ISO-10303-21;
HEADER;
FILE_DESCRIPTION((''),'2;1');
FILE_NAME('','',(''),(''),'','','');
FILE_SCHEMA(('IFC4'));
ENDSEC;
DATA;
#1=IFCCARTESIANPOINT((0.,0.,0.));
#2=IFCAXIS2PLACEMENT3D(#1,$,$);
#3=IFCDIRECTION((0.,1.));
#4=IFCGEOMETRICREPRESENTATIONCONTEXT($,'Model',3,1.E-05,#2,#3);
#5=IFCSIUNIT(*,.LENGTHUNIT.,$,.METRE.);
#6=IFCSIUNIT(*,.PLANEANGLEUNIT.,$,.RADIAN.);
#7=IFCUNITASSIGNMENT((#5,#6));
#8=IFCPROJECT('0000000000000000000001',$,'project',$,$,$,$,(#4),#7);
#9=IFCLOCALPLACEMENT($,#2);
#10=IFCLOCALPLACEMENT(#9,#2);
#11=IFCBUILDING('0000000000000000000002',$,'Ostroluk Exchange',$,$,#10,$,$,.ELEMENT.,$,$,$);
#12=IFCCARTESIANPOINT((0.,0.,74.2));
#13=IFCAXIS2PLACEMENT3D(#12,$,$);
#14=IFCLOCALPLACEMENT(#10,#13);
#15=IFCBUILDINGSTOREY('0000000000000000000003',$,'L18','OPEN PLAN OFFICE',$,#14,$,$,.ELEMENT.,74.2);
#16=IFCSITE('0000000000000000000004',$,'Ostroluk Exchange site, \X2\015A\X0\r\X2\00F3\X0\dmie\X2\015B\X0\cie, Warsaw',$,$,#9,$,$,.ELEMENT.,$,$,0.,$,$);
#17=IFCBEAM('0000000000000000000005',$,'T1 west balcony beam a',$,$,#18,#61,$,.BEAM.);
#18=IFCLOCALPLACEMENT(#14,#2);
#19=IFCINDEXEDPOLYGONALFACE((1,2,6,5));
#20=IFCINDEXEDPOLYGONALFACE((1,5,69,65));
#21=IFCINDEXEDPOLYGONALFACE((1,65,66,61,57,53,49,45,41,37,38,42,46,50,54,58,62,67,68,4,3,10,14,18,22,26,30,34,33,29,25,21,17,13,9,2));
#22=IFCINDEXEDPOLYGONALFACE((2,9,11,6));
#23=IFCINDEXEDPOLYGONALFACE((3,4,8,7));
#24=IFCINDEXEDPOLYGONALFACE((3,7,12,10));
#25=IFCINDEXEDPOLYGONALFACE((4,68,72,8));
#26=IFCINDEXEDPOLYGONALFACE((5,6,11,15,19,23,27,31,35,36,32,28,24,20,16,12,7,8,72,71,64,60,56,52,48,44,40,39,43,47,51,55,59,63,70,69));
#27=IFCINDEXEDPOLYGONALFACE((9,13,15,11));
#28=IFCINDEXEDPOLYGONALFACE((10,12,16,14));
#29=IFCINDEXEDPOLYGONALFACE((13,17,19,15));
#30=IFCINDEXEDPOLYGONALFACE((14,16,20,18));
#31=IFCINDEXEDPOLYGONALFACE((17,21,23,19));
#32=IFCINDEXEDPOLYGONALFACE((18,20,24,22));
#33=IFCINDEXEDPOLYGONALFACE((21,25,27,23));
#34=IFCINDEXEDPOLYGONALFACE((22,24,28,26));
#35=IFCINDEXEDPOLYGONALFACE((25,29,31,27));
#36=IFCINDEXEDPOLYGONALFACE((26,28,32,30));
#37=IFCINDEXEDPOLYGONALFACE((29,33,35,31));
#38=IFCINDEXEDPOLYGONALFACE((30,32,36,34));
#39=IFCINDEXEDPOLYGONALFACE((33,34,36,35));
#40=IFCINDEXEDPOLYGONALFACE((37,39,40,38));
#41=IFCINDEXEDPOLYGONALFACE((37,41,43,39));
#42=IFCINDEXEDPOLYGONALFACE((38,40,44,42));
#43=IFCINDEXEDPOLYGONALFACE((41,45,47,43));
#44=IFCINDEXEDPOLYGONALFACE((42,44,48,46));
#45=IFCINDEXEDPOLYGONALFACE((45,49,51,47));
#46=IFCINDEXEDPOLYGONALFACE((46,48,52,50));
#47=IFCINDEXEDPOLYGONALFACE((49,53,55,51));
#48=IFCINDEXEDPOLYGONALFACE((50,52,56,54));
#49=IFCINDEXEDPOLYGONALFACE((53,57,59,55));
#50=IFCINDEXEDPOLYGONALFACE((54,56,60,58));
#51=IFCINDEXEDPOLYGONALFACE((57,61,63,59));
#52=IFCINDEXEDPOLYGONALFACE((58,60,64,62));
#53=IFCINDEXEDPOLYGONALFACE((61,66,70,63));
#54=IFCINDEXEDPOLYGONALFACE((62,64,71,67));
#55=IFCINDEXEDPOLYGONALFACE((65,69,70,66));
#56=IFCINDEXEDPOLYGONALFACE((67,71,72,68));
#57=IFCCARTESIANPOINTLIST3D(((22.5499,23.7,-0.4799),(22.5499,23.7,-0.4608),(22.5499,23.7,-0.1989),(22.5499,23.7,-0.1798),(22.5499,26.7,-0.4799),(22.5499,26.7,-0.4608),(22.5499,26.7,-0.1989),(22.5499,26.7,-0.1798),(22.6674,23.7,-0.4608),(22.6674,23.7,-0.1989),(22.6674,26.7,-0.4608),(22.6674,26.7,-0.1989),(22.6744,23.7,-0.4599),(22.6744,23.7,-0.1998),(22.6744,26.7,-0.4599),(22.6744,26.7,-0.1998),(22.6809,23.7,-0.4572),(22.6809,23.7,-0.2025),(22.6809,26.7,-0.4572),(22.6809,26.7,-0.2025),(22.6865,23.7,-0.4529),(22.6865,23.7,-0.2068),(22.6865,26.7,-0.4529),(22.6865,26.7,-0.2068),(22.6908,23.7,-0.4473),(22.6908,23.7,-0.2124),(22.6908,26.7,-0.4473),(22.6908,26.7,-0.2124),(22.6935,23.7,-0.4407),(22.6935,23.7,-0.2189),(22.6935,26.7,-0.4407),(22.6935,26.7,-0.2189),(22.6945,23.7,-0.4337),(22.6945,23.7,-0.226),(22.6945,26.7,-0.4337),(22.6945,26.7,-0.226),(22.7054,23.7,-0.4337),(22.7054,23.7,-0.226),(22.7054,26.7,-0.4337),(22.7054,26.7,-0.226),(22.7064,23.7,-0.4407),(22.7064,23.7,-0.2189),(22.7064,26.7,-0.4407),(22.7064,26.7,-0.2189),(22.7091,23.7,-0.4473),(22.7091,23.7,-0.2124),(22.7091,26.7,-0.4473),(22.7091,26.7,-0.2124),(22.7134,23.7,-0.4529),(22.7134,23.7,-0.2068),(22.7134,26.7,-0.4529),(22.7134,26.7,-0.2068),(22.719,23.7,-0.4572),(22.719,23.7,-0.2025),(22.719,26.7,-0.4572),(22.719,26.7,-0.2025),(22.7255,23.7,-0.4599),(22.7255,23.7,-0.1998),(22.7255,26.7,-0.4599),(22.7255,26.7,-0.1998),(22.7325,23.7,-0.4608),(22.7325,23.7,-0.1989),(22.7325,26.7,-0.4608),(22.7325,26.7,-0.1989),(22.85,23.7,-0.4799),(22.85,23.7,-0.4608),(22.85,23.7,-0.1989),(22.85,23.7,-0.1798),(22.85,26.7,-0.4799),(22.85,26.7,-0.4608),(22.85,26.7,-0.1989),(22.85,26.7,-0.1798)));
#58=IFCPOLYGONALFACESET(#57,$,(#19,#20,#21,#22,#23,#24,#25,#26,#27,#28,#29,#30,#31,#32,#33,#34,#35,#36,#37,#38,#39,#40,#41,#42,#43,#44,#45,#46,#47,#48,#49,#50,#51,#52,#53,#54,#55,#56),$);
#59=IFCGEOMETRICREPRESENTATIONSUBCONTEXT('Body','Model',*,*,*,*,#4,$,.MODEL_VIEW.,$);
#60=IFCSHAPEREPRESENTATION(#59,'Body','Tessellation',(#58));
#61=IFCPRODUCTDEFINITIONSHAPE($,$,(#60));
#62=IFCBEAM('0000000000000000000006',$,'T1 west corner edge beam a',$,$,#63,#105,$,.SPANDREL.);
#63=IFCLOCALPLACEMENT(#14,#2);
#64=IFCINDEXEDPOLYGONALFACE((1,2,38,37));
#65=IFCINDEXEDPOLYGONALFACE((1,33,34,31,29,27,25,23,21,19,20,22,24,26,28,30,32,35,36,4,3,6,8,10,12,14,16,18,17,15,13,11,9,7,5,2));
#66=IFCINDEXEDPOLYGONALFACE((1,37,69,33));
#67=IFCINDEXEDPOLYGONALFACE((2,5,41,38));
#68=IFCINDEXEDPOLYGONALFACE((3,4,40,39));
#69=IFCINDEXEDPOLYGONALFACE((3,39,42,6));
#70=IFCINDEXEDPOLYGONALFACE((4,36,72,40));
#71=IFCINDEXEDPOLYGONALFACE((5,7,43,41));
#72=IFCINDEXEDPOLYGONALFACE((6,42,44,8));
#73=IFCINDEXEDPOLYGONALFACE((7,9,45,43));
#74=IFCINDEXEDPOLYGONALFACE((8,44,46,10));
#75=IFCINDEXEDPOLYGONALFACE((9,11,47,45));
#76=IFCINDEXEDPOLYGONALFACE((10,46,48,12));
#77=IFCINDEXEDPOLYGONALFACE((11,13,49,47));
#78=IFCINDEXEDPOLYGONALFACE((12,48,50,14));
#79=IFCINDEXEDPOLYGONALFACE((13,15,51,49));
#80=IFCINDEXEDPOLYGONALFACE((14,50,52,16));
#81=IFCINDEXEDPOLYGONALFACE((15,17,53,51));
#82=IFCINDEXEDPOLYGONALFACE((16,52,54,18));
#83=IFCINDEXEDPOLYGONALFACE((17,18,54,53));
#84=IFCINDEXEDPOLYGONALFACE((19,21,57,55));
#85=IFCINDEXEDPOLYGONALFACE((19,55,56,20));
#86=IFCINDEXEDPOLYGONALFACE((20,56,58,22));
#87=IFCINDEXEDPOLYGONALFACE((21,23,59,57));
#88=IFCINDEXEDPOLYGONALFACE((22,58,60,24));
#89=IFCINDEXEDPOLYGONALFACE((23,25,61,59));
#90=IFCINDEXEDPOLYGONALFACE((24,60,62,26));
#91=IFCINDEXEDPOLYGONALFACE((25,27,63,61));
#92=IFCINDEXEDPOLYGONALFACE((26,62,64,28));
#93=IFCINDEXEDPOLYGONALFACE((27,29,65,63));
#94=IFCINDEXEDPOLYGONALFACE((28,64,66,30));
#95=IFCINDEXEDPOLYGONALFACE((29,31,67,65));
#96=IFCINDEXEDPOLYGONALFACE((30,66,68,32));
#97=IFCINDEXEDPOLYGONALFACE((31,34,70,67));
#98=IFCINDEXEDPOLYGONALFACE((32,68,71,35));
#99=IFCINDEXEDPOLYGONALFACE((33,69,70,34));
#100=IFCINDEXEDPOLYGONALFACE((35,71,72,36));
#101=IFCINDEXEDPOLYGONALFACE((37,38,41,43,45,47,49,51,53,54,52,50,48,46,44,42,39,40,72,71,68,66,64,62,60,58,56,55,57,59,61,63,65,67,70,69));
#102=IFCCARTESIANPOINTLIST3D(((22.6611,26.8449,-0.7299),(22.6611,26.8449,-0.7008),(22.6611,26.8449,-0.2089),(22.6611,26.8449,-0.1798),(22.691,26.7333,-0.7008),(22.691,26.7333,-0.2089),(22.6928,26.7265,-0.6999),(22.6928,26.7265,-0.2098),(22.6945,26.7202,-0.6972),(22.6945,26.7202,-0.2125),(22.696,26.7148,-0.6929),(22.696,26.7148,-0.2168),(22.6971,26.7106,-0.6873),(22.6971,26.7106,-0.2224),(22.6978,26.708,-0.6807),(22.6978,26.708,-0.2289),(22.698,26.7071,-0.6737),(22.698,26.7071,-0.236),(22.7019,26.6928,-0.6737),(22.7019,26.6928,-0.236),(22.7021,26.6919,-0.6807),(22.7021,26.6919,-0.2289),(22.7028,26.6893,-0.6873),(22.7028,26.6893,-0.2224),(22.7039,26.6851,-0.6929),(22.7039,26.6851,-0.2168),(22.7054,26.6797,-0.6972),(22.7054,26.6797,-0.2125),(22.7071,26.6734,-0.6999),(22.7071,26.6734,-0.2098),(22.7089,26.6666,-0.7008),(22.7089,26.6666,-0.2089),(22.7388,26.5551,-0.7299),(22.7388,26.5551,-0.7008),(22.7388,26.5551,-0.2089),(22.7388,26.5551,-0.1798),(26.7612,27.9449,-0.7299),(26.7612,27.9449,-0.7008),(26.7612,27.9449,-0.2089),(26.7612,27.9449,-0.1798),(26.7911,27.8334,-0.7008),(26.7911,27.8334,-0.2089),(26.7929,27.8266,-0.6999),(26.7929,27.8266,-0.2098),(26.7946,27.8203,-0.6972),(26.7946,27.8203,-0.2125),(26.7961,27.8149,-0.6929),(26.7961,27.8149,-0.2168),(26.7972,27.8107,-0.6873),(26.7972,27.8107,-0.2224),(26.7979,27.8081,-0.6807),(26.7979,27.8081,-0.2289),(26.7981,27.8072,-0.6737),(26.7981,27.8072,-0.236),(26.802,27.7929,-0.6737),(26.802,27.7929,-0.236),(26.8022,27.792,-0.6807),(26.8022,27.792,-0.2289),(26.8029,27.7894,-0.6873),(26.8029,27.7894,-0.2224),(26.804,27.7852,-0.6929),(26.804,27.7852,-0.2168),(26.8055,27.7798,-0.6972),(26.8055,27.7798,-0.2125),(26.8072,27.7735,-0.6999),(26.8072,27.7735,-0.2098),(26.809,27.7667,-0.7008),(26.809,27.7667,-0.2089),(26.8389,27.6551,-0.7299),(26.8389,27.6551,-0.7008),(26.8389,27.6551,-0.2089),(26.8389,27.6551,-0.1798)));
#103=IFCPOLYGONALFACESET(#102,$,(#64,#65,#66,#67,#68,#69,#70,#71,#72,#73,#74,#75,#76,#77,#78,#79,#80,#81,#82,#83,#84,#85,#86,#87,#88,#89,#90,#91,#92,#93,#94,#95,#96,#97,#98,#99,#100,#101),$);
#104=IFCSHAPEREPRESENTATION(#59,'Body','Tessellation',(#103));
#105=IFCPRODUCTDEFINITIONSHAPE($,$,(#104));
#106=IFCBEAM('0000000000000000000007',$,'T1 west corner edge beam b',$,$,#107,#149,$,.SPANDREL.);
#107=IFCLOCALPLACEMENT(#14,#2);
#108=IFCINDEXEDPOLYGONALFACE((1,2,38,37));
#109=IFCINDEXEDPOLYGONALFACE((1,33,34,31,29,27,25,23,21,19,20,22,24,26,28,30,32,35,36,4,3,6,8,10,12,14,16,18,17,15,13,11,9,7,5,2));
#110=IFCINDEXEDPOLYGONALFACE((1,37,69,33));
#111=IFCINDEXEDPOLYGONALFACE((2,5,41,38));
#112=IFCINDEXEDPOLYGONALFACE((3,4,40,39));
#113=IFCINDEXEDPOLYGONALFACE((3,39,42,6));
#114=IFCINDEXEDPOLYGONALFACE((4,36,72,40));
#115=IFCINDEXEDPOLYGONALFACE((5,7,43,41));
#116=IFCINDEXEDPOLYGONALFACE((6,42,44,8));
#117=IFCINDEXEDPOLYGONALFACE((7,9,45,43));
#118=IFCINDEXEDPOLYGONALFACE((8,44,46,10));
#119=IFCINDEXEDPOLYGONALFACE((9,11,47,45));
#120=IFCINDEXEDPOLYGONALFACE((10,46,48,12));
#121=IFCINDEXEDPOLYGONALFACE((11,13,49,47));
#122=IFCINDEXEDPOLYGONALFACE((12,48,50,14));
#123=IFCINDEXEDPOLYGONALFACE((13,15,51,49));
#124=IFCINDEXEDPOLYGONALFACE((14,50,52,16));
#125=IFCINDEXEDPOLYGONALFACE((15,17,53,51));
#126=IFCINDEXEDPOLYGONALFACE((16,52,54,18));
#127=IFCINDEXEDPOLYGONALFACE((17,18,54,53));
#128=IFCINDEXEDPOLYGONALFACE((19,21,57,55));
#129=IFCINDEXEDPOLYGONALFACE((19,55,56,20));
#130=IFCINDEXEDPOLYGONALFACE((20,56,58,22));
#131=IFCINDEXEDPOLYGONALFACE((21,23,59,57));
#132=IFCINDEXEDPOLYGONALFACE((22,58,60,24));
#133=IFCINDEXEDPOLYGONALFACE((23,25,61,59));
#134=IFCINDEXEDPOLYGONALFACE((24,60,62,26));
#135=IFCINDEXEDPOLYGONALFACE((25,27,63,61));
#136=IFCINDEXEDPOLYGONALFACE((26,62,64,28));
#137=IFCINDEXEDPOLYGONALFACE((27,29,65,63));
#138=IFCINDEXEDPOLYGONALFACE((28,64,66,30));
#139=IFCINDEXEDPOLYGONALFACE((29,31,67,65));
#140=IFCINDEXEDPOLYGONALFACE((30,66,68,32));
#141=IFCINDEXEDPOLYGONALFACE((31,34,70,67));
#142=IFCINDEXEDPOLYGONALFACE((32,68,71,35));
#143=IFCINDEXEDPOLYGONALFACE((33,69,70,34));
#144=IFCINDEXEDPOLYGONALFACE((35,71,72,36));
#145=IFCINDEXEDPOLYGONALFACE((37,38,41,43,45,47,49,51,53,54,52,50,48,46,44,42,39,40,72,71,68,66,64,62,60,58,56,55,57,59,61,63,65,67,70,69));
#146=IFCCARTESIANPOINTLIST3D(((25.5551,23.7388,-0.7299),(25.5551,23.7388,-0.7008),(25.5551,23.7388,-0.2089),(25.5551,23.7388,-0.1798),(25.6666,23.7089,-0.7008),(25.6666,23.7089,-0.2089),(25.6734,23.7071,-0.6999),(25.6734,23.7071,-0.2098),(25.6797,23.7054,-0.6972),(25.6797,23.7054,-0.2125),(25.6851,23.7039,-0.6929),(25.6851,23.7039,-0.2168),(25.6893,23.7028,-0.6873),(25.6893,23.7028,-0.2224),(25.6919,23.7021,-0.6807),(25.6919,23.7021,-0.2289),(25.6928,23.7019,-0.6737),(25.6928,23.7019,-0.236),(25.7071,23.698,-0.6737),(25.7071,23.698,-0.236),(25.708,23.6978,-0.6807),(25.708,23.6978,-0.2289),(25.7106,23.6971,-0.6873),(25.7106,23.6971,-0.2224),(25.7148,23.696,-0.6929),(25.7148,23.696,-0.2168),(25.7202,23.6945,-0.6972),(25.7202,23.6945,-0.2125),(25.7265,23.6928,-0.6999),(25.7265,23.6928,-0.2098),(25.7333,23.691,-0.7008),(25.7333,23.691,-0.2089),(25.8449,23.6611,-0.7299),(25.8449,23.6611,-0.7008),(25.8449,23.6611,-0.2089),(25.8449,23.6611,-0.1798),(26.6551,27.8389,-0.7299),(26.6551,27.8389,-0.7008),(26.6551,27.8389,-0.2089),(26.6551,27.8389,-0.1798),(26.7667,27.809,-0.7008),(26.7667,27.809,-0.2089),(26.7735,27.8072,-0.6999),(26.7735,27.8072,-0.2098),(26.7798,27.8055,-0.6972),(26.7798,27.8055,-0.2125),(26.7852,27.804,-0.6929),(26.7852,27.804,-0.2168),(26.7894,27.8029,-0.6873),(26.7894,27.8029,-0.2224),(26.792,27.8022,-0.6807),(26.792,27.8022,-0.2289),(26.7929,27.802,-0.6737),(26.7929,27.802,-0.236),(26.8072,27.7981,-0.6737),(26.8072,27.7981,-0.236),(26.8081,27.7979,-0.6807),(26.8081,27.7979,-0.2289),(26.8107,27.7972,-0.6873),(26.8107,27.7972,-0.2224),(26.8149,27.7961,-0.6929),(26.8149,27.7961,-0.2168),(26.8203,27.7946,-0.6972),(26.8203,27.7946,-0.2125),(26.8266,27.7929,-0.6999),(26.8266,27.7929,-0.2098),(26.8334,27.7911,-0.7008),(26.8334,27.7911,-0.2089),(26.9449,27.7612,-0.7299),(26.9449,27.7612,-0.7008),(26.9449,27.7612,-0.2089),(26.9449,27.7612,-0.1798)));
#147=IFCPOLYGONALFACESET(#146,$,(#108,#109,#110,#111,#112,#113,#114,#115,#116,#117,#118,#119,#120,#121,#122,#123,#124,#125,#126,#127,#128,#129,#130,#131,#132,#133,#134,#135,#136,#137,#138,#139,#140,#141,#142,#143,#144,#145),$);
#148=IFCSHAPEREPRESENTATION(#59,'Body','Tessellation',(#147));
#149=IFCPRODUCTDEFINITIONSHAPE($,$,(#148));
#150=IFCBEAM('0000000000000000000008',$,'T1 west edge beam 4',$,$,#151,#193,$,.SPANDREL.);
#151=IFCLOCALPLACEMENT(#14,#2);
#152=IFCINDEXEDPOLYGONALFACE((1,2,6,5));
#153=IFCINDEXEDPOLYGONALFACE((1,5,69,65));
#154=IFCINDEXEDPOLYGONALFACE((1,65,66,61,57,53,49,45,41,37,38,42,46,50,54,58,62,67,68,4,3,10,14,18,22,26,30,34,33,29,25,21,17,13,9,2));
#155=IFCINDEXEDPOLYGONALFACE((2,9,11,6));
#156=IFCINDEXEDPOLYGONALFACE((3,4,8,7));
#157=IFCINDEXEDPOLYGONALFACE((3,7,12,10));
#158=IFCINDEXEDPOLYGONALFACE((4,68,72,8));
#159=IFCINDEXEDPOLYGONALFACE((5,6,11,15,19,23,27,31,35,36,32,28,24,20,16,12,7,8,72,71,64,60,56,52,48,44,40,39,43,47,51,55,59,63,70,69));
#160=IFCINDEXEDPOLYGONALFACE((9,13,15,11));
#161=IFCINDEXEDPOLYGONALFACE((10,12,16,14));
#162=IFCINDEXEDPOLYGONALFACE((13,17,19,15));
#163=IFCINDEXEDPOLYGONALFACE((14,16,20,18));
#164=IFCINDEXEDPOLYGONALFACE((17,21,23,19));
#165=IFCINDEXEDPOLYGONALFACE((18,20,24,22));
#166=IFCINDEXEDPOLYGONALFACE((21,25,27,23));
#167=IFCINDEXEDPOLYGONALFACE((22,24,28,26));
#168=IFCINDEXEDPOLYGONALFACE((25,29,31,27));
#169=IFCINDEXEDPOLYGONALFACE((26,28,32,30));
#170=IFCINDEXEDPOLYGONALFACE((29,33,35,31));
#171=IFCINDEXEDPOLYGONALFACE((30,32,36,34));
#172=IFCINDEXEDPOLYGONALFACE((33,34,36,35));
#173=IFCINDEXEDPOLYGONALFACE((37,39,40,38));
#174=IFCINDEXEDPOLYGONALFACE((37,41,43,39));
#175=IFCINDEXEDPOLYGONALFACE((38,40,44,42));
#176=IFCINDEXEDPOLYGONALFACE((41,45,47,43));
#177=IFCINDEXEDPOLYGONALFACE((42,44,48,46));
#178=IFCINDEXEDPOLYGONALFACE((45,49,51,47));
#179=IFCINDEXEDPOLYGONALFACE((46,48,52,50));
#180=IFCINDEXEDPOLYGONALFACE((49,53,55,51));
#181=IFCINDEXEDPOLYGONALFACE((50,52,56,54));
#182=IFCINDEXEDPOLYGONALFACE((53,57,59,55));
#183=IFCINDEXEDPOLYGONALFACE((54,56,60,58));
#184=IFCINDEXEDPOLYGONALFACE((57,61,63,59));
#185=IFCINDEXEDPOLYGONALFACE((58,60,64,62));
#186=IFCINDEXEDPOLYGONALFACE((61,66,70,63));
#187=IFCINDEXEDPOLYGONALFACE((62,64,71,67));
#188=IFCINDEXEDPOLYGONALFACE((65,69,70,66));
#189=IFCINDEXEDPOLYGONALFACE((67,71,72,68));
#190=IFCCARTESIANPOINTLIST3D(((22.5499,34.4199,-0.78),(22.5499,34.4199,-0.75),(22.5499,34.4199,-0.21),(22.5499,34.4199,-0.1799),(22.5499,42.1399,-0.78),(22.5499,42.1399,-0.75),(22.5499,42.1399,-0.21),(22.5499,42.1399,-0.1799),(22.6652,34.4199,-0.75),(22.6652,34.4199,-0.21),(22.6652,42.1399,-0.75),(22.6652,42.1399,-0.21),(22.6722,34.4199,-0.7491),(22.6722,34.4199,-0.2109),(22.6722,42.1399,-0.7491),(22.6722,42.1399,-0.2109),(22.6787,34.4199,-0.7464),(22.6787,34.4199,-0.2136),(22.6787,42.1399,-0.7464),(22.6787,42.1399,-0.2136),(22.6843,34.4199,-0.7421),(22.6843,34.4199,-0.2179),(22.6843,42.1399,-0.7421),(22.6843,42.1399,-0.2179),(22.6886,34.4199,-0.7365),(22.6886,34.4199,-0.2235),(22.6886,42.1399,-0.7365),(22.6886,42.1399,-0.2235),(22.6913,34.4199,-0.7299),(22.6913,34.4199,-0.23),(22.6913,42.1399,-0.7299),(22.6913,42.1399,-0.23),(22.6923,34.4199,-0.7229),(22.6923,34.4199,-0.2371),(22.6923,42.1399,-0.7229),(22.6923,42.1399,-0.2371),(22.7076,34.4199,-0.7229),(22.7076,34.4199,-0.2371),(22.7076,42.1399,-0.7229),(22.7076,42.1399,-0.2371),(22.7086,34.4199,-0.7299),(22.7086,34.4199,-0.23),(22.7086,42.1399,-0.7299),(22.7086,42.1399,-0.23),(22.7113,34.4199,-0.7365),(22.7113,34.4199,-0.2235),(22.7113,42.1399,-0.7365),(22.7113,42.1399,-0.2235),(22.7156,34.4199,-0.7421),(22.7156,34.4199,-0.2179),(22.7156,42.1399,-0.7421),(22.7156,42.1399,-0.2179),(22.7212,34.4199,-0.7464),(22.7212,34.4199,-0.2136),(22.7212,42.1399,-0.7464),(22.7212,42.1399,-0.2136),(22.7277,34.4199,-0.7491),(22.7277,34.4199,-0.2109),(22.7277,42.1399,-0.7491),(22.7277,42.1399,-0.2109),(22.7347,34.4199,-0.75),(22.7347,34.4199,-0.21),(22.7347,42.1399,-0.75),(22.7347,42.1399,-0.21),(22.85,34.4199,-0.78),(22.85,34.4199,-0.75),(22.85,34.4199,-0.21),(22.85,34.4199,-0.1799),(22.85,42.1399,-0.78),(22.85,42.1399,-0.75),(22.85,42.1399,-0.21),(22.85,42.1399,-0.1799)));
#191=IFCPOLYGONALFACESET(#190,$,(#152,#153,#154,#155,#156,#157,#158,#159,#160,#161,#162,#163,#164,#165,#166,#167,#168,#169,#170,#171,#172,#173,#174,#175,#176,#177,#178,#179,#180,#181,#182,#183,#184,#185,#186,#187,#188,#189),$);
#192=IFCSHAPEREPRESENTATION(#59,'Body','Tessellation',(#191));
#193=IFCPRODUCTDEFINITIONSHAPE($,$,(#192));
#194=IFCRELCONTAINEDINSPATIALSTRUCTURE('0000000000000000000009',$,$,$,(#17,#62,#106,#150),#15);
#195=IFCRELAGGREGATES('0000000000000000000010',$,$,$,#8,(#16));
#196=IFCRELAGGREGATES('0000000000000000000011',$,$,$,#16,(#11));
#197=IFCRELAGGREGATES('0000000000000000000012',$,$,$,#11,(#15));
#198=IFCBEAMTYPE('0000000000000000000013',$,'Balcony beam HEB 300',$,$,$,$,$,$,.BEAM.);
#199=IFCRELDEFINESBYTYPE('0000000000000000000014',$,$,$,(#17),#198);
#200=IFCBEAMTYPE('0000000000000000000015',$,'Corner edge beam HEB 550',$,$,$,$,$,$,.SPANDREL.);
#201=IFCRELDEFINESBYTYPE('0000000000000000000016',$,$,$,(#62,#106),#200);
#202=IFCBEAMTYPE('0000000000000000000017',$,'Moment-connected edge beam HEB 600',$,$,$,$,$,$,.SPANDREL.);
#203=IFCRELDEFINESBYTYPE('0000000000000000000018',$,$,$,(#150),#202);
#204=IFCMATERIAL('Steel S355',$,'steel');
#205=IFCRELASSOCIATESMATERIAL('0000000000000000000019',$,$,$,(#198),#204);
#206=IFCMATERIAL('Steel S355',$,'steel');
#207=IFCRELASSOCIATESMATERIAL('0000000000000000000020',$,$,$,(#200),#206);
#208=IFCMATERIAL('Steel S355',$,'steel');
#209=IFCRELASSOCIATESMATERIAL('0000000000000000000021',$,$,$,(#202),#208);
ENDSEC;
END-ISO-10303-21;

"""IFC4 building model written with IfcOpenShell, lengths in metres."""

from ifc_helpers import new_model, si_unit, direction, frame, origin, origin_2d, place, context, subcontext, project, spatial, i_section, extrude, material, material_profile, profile_set, type_object, element, save


model = new_model("IFC4")

# Units and contexts
model_context = context("Model", 3, precision=1e-05, world=origin(), true_north=direction((0.0, 1.0)))
body_context = subcontext(model_context, "Body", "Model", "MODEL_VIEW")
ifc_project = project(units=[si_unit("LENGTHUNIT", "METRE"), si_unit("PLANEANGLEUNIT", "RADIAN")], contexts=[model_context])

# Site, building, storey
site_placement = place(None, origin())
site = spatial("IfcSite", under=ifc_project, at=site_placement, Name="Ostroluk Exchange site, Śródmieście, Warsaw", CompositionType="ELEMENT", RefElevation=0.0)
building_placement = place(site_placement, origin())
building = spatial("IfcBuilding", under=site, at=building_placement, Name="Ostroluk Exchange", CompositionType="ELEMENT")
storey_placement = place(building_placement, frame((0.0, 0.0, 74.2)))
storey = spatial("IfcBuildingStorey", under=building, at=storey_placement, Name="L18", Description="OPEN PLAN OFFICE", CompositionType="ELEMENT", Elevation=74.2)

# Beams
ifc_material_1 = material(Name="Steel S355", Category="steel")
ifc_material_profile_1 = material_profile(ifc_material_1, i_section(OverallWidth=0.3, OverallDepth=0.3, WebThickness=0.011, FlangeThickness=0.019, FilletRadius=0.0271, at=origin_2d()), Name="HEB 300")
ifc_profile_set_1 = profile_set([ifc_material_profile_1], Name="Steel S355")
beam_type_1 = type_object("IfcBeamType", Name="Balcony beam HEB 300", PredefinedType="BEAM", material=ifc_profile_set_1)
beam_placement = place(storey_placement, frame((22.7, 26.7, -0.3298), z_axis=(0.0, -1.0, 0.0), x_axis=(1.0, 0.0, 0.0)))
element("IfcBeam", 1, at=beam_placement, inside=storey, type_object=beam_type_1, Name="T1 west balcony beam a", PredefinedType="BEAM", context=body_context, shape_type="SweptSolid", body=[
    extrude(i_section(OverallWidth=0.3, OverallDepth=0.3, WebThickness=0.011, FlangeThickness=0.019, FilletRadius=0.0271, at=origin_2d()), origin(), (0.0, 0.0, 1.0), 3.0),
])
ifc_material_2 = material(Name="Steel S355", Category="steel")
ifc_material_profile_2 = material_profile(ifc_material_2, i_section(OverallWidth=0.3, OverallDepth=0.55, WebThickness=0.0149, FlangeThickness=0.0291, FilletRadius=0.0271, at=origin_2d()), Name="HEB 550")
ifc_profile_set_2 = profile_set([ifc_material_profile_2], Name="Steel S355")
beam_type_2 = type_object("IfcBeamType", Name="Corner edge beam HEB 550", PredefinedType="SPANDREL", material=ifc_profile_set_2)
for number, where, z_axis, x_axis, name in (
    (2, (26.8, 27.8, -0.4548), (-0.965839, -0.259144, 0.0), (0.259144, -0.965839, 0.0), "T1 west corner edge beam a"),
    (3, (26.8, 27.8, -0.4548), (-0.259144, -0.965839, 0.0), (0.965839, -0.259144, 0.0), "T1 west corner edge beam b"),
):
    element("IfcBeam", number, at=place(storey_placement, frame(where, z_axis=z_axis, x_axis=x_axis)), inside=storey, type_object=beam_type_2, Name=name, PredefinedType="SPANDREL", context=body_context, shape_type="SweptSolid", body=[
        extrude(i_section(OverallWidth=0.3, OverallDepth=0.55, WebThickness=0.0149, FlangeThickness=0.0291, FilletRadius=0.0271, at=origin_2d()), origin(), (0.0, 0.0, 1.0), 4.2451),
    ])
ifc_material_3 = material(Name="Steel S355", Category="steel")
ifc_material_profile_3 = material_profile(ifc_material_3, i_section(OverallWidth=0.3, OverallDepth=0.6001, WebThickness=0.0154, FlangeThickness=0.03, FilletRadius=0.0271, at=origin_2d()), Name="HEB 600")
ifc_profile_set_3 = profile_set([ifc_material_profile_3], Name="Steel S355")
beam_type_3 = type_object("IfcBeamType", Name="Moment-connected edge beam HEB 600", PredefinedType="SPANDREL", material=ifc_profile_set_3)
for number, where, z_axis, x_axis, name in (
    (4, (22.7, 42.1399, -0.48), (0.0, -1.0, 0.0), (1.0, 0.0, 0.0), "T1 west edge beam 4"),
):
    element("IfcBeam", number, at=place(storey_placement, frame(where, z_axis=z_axis, x_axis=x_axis)), inside=storey, type_object=beam_type_3, Name=name, PredefinedType="SPANDREL", context=body_context, shape_type="SweptSolid", body=[
        extrude(i_section(OverallWidth=0.3, OverallDepth=0.6001, WebThickness=0.0154, FlangeThickness=0.03, FilletRadius=0.0271, at=origin_2d()), origin(), (0.0, 0.0, 1.0), 7.72),
    ])

save(model, "model.ifc")
